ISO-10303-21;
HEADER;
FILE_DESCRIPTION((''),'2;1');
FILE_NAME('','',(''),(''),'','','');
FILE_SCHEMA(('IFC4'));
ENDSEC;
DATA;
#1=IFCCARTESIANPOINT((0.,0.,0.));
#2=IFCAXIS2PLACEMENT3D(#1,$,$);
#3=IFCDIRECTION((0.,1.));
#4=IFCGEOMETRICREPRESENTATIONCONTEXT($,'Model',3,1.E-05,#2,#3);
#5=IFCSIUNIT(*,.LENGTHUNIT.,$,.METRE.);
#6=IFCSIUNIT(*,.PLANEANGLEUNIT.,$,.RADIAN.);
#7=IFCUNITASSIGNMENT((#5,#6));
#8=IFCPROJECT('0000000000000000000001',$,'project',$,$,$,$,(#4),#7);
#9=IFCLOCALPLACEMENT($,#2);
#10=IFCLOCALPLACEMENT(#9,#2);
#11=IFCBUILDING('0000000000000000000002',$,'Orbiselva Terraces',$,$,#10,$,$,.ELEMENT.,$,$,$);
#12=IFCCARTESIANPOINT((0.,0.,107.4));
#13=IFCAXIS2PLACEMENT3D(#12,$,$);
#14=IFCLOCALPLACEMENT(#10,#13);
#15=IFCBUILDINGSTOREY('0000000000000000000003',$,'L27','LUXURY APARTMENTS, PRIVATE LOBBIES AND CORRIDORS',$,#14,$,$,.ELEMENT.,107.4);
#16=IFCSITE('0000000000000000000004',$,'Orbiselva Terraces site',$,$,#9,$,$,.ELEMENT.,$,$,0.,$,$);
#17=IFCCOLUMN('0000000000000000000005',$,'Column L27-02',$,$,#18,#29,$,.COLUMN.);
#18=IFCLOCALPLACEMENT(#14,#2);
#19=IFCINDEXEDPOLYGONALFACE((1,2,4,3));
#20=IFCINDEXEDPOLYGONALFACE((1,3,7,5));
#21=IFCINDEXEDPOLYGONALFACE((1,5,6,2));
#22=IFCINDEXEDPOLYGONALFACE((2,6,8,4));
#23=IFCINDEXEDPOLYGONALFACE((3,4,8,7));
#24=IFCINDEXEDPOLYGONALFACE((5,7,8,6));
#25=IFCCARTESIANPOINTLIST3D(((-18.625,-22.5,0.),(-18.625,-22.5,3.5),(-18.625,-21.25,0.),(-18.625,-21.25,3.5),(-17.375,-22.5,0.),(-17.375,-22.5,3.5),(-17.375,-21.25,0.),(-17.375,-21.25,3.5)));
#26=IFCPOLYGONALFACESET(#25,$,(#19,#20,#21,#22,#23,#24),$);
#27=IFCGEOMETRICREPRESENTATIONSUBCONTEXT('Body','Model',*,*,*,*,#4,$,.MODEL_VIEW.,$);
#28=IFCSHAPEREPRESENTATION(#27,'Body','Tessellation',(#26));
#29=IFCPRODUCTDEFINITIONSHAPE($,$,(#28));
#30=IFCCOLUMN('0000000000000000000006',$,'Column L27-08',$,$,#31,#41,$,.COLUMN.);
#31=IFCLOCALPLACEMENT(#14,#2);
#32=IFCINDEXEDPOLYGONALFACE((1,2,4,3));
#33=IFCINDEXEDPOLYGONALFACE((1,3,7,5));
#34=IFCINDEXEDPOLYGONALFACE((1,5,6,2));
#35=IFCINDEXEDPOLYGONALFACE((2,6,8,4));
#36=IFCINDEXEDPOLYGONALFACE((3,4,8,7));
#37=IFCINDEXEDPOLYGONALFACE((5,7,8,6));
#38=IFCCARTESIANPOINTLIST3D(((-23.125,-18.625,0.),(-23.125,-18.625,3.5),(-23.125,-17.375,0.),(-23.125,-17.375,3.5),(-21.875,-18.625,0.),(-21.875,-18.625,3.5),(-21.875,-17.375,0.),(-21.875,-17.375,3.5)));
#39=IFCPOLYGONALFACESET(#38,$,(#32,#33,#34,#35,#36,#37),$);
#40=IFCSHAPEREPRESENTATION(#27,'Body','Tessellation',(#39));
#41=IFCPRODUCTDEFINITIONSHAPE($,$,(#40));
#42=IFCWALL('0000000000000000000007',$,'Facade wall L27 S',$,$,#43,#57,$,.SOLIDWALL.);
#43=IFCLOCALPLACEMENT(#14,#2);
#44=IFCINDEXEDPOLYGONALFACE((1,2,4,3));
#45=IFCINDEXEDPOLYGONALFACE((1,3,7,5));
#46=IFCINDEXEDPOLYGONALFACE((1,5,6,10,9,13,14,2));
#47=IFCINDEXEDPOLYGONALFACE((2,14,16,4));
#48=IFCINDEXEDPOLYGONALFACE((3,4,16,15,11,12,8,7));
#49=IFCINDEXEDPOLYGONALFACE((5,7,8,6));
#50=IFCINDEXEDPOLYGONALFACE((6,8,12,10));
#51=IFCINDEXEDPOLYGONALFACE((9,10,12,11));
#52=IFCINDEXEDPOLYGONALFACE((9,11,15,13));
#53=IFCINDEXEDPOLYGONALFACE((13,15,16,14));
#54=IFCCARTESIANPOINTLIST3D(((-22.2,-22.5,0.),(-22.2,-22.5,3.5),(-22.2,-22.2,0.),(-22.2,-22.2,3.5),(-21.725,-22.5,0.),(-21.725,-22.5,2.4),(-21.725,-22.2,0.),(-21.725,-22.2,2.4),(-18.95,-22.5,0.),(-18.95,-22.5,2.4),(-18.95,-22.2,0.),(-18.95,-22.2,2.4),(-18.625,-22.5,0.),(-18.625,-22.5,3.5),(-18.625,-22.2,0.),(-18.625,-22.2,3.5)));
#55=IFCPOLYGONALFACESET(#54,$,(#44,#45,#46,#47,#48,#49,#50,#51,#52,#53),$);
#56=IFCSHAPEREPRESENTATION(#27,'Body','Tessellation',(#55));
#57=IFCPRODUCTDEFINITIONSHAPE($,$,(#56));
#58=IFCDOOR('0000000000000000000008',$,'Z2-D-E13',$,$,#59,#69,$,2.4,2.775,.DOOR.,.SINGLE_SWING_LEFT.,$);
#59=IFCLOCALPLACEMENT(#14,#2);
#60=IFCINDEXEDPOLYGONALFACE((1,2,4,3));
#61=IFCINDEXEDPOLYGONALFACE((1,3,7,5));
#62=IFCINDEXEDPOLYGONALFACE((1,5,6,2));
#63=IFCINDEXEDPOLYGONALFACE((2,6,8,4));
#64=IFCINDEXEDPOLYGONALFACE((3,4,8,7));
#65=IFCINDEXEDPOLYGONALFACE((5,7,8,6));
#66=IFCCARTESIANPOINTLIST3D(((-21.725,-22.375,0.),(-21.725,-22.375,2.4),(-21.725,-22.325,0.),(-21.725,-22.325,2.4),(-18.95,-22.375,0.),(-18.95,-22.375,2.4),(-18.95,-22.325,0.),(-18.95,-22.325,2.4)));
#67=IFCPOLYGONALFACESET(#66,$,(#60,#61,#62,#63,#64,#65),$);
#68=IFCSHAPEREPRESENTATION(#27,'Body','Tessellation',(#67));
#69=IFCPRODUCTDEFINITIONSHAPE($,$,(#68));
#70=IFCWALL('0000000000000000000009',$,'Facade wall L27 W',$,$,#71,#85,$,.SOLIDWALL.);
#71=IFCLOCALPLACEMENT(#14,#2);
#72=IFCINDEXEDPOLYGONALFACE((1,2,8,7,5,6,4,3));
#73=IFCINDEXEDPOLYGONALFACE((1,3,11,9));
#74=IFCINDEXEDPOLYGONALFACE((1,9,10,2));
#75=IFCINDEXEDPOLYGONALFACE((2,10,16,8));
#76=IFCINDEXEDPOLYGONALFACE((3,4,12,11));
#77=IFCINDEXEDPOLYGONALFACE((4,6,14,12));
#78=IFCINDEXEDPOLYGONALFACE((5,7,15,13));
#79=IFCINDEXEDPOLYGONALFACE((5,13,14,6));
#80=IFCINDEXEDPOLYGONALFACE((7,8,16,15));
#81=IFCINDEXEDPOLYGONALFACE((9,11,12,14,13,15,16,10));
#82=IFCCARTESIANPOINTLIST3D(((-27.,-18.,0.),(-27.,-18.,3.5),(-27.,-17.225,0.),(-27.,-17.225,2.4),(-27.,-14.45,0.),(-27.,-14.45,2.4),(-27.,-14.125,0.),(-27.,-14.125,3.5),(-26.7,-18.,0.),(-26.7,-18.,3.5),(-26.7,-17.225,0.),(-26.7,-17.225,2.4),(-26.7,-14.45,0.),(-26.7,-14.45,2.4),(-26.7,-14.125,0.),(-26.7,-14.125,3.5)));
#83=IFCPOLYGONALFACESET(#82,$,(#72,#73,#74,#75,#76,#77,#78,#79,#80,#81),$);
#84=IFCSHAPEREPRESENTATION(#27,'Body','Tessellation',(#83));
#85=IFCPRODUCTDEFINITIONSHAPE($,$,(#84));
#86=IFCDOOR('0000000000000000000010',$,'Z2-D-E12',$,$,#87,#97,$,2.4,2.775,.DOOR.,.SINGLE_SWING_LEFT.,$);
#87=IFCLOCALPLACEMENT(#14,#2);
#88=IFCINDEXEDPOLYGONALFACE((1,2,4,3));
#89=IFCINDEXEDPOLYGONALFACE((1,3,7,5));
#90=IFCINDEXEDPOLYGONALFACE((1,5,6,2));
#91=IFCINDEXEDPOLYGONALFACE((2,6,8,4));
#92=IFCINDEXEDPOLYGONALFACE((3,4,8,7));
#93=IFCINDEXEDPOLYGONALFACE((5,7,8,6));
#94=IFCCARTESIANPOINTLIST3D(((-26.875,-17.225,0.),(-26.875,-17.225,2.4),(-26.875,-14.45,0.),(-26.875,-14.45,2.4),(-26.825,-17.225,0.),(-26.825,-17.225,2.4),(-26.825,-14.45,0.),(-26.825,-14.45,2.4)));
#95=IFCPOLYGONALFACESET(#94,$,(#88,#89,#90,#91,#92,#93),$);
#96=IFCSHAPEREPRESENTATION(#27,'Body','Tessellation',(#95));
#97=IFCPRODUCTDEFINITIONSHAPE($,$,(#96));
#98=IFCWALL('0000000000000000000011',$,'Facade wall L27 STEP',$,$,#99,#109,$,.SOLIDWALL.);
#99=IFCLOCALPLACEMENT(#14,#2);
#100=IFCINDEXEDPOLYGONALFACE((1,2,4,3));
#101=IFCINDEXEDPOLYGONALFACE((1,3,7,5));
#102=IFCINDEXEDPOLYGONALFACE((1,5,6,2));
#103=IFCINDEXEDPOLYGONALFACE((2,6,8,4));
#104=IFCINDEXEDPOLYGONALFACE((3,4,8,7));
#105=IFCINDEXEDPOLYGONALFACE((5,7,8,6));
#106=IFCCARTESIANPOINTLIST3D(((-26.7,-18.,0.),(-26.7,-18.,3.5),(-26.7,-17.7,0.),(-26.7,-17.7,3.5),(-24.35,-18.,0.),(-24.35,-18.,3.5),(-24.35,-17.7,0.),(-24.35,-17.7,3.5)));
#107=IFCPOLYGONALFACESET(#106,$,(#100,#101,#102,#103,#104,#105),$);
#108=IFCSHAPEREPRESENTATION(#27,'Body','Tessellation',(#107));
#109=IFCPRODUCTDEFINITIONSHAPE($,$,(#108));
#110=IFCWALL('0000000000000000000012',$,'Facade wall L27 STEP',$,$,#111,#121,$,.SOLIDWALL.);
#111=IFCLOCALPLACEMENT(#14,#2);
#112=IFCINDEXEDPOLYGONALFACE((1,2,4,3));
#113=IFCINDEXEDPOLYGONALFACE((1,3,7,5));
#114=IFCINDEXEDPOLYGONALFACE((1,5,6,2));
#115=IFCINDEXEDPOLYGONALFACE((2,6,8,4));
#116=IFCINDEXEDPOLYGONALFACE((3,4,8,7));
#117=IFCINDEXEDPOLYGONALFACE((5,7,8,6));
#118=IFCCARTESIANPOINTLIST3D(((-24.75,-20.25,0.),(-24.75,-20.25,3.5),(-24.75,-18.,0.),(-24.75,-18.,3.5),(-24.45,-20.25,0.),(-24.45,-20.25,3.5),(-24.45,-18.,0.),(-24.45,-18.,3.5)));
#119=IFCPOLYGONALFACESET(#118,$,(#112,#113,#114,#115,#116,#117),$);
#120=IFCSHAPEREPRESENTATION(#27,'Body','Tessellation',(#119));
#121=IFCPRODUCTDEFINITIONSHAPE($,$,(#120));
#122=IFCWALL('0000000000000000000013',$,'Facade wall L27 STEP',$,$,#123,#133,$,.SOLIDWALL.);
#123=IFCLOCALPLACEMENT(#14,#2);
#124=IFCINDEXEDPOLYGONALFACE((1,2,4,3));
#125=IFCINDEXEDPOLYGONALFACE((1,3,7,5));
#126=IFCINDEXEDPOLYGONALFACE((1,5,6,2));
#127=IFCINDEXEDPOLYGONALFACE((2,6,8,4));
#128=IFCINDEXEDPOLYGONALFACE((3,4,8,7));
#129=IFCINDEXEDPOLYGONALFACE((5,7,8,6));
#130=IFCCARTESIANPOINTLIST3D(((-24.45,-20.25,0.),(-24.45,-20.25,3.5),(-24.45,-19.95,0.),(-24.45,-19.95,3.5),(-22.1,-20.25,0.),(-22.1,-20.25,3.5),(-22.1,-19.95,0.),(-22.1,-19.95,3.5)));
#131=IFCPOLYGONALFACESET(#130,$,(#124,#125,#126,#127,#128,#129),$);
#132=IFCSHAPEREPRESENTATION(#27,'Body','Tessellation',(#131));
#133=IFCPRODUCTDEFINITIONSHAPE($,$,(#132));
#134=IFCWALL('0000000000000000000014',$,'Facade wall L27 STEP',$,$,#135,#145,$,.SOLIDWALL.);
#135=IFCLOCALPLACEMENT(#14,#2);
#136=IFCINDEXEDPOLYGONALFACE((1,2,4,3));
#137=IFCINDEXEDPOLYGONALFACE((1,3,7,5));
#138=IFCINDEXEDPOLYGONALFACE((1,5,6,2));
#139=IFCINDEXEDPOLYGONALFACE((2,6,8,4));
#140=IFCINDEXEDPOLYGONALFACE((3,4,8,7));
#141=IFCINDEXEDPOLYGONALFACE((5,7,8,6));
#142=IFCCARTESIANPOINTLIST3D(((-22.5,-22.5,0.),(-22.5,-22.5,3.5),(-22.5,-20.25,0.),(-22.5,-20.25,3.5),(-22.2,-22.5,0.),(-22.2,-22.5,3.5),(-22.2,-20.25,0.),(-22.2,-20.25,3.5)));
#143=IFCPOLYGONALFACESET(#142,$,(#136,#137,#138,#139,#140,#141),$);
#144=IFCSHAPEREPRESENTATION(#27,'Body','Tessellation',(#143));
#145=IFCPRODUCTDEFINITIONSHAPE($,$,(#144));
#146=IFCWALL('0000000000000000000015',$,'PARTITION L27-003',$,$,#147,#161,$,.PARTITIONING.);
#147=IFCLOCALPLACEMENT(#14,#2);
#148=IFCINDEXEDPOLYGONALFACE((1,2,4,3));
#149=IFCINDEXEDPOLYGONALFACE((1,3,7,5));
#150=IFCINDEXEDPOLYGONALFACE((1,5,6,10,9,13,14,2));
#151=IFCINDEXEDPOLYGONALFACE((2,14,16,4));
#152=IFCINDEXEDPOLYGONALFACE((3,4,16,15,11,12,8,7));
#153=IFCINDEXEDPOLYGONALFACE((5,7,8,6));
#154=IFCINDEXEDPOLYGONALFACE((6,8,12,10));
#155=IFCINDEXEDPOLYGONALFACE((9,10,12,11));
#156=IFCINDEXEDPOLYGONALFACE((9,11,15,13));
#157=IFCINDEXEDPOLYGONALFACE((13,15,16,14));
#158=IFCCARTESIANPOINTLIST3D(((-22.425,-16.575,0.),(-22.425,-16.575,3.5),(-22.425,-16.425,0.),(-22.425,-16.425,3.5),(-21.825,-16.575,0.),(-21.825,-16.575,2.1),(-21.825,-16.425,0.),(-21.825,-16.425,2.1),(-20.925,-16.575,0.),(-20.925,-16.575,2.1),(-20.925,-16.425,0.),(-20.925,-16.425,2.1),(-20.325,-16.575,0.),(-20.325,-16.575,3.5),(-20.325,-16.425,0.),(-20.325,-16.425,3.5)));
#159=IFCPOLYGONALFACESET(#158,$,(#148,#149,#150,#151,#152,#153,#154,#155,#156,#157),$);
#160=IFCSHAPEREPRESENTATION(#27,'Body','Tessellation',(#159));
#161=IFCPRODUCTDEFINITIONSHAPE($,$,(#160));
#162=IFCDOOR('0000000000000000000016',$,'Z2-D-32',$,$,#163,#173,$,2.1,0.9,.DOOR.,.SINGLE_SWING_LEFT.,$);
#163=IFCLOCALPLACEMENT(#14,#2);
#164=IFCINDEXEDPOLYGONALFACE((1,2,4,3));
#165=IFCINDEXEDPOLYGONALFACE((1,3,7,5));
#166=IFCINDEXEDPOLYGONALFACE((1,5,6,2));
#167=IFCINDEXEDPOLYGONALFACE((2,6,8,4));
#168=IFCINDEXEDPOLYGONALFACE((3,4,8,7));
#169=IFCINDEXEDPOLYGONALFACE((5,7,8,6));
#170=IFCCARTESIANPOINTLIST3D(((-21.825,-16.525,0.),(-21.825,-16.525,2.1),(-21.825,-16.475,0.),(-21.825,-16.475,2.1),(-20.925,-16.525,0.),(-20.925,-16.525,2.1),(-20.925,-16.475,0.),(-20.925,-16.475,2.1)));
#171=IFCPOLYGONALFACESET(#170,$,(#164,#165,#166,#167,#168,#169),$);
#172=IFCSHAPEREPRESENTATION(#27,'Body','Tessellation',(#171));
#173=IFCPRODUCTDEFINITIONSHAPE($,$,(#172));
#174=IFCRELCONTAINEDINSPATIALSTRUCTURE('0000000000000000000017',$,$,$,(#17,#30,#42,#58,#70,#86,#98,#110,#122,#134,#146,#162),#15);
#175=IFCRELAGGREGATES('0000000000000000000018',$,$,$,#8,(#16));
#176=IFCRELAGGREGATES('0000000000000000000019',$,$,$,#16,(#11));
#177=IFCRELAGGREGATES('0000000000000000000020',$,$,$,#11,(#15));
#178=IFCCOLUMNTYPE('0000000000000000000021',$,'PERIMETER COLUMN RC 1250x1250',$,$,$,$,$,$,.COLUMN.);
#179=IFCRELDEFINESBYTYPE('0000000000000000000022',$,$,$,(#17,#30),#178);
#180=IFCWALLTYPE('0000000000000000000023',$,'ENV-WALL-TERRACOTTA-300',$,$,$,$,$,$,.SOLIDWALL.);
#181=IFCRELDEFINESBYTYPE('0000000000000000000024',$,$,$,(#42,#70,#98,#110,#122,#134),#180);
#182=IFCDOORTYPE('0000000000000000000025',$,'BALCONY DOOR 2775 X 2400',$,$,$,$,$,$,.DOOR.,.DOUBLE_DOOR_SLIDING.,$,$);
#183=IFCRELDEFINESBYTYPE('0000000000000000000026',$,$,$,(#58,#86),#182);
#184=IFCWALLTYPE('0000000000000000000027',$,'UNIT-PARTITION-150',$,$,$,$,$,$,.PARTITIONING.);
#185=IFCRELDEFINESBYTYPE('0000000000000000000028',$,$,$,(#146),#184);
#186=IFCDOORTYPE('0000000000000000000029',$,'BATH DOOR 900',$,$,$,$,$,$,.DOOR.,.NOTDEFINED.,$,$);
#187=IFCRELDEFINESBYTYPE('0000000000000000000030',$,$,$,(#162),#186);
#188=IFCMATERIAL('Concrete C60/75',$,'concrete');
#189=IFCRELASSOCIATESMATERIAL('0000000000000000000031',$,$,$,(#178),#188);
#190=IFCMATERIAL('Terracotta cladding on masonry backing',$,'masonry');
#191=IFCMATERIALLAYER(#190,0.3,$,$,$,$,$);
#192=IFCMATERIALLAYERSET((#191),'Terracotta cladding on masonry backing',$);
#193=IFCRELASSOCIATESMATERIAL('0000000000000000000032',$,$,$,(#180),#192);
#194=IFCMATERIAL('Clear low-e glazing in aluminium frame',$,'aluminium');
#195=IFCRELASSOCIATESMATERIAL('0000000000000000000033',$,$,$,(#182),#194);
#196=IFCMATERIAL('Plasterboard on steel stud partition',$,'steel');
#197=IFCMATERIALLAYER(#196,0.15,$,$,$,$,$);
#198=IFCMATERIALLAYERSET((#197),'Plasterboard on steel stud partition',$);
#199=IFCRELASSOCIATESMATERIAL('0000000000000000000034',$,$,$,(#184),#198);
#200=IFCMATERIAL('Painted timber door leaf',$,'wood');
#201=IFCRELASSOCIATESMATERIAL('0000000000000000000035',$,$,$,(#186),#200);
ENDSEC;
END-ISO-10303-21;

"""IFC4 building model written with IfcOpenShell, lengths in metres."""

from ifc_helpers import new_model, si_unit, direction, frame, frame_2d, origin, origin_2d, place, context, subcontext, project, spatial, rectangle, extrude, material, layer, layer_set, material_profile, profile_set, type_object, element, fill, save


model = new_model("IFC4")

# Units and contexts
model_context = context("Model", 3, precision=1e-05, world=origin(), true_north=direction((0.0, 1.0)))
body_context = subcontext(model_context, "Body", "Model", "MODEL_VIEW")
ifc_project = project(units=[si_unit("LENGTHUNIT", "METRE"), si_unit("PLANEANGLEUNIT", "RADIAN")], contexts=[model_context])

# Site, building, storey
site_placement = place(None, origin())
site = spatial("IfcSite", under=ifc_project, at=site_placement, Name="Orbiselva Terraces site", CompositionType="ELEMENT", RefElevation=0.0)
building_placement = place(site_placement, origin())
building = spatial("IfcBuilding", under=site, at=building_placement, Name="Orbiselva Terraces", CompositionType="ELEMENT")
storey_placement = place(building_placement, frame((0.0, 0.0, 107.4)))
storey = spatial("IfcBuildingStorey", under=building, at=storey_placement, Name="L27", Description="LUXURY APARTMENTS, PRIVATE LOBBIES AND CORRIDORS", CompositionType="ELEMENT", Elevation=107.4)

# Columns
ifc_material_1 = material(Name="Concrete C60/75", Category="concrete")
ifc_material_profile = material_profile(ifc_material_1, rectangle(XDim=1.25, YDim=1.25, at=origin_2d()), Name="RC 1250x1250")
ifc_profile_set = profile_set([ifc_material_profile], Name="Concrete C60/75")
column_type = type_object("IfcColumnType", Name="PERIMETER COLUMN RC 1250x1250", PredefinedType="COLUMN", material=ifc_profile_set)
for number, where, z_axis, x_axis, name in (
    (1, (-18.0, -21.875, 0.0), (0.0, 0.0, 1.0), (1.0, 0.0, 0.0), "Column L27-02"),
    (2, (-22.5, -18.0, 0.0), (0.0, 0.0, 1.0), (1.0, 0.0, 0.0), "Column L27-08"),
):
    element("IfcColumn", number, at=place(storey_placement, frame(where, z_axis=z_axis, x_axis=x_axis)), inside=storey, type_object=column_type, Name=name, PredefinedType="COLUMN", context=body_context, shape_type="SweptSolid", body=[
        extrude(rectangle(XDim=1.25, YDim=1.25, at=origin_2d()), origin(), (0.0, 0.0, 1.0), 3.5),
    ])

# Walls, openings, doors
ifc_material_2 = material(Name="Terracotta cladding on masonry backing", Category="masonry")
ifc_layer_1 = layer(ifc_material_2, 0.3)
ifc_layer_set_1 = layer_set([ifc_layer_1], Name="Terracotta cladding on masonry backing")
wall_type_1 = type_object("IfcWallType", Name="ENV-WALL-TERRACOTTA-300", PredefinedType="SOLIDWALL", material=ifc_layer_set_1)
wall_1_placement = place(storey_placement, frame((-18.625, -22.35, 0.0), z_axis=(0.0, 0.0, 1.0), x_axis=(-1.0, 0.0, 0.0)))
wall_1 = element("IfcWall", 3, at=wall_1_placement, inside=storey, type_object=wall_type_1, Name="Facade wall L27 S", PredefinedType="SOLIDWALL", context=body_context, shape_type="SweptSolid", body=[
    extrude(rectangle(XDim=3.575, YDim=0.3, at=frame_2d((1.7875, 0.0))), origin(), (0.0, 0.0, 1.0), 3.5),
])
opening_1_placement = place(wall_1_placement, frame((0.325, 0.0, 0.0)))
opening_1 = element("IfcOpeningElement", 4, at=opening_1_placement, cuts=wall_1, PredefinedType="OPENING", context=body_context, shape_type="SweptSolid", body=[
    extrude(rectangle(XDim=2.775, YDim=2.4, at=frame_2d((1.3875, 1.2))), frame((0.0, 0.16, 0.0), z_axis=(0.0, -1.0, 0.0), x_axis=(1.0, 0.0, 0.0)), (0.0, 0.0, 1.0), 0.32),
])
ifc_material_3 = material(Name="Clear low-e glazing in aluminium frame", Category="aluminium")
door_type_1 = type_object("IfcDoorType", Name="BALCONY DOOR 2775 X 2400", OperationType="DOUBLE_DOOR_SLIDING", PredefinedType="DOOR", material=ifc_material_3)
door_1_placement = place(opening_1_placement, origin())
door_1 = element("IfcDoor", 5, at=door_1_placement, inside=storey, type_object=door_type_1, Name="Z2-D-E13", OperationType="SINGLE_SWING_LEFT", OverallHeight=2.4, OverallWidth=2.775, PredefinedType="DOOR", context=body_context, shape_type="SweptSolid", body=[
    extrude(rectangle(XDim=2.775, YDim=2.4, at=frame_2d((1.3875, 1.2))), frame((0.0, 0.025, 0.0), z_axis=(0.0, -1.0, 0.0), x_axis=(1.0, 0.0, 0.0)), (0.0, 0.0, 1.0), 0.05),
])
fill(opening_1, door_1)
wall_2_placement = place(storey_placement, frame((-26.85, -18.0, 0.0), z_axis=(0.0, 0.0, 1.0), x_axis=(0.0, 1.0, 0.0)))
wall_2 = element("IfcWall", 6, at=wall_2_placement, inside=storey, type_object=wall_type_1, Name="Facade wall L27 W", PredefinedType="SOLIDWALL", context=body_context, shape_type="SweptSolid", body=[
    extrude(rectangle(XDim=3.875, YDim=0.3, at=frame_2d((1.9375, 0.0))), origin(), (0.0, 0.0, 1.0), 3.5),
])
opening_2_placement = place(wall_2_placement, frame((0.775, 0.0, 0.0)))
opening_2 = element("IfcOpeningElement", 7, at=opening_2_placement, cuts=wall_2, PredefinedType="OPENING", context=body_context, shape_type="SweptSolid", body=[
    extrude(rectangle(XDim=2.775, YDim=2.4, at=frame_2d((1.3875, 1.2))), frame((0.0, 0.16, 0.0), z_axis=(0.0, -1.0, 0.0), x_axis=(1.0, 0.0, 0.0)), (0.0, 0.0, 1.0), 0.32),
])
door_2_placement = place(opening_2_placement, origin())
door_2 = element("IfcDoor", 8, at=door_2_placement, inside=storey, type_object=door_type_1, Name="Z2-D-E12", OperationType="SINGLE_SWING_LEFT", OverallHeight=2.4, OverallWidth=2.775, PredefinedType="DOOR", context=body_context, shape_type="SweptSolid", body=[
    extrude(rectangle(XDim=2.775, YDim=2.4, at=frame_2d((1.3875, 1.2))), frame((0.0, 0.025, 0.0), z_axis=(0.0, -1.0, 0.0), x_axis=(1.0, 0.0, 0.0)), (0.0, 0.0, 1.0), 0.05),
])
fill(opening_2, door_2)

# Walls
wall_3_placement = place(storey_placement, frame((-24.35, -17.85, 0.0), z_axis=(0.0, 0.0, 1.0), x_axis=(-1.0, 0.0, 0.0)))
element("IfcWall", 9, at=wall_3_placement, inside=storey, type_object=wall_type_1, Name="Facade wall L27 STEP", PredefinedType="SOLIDWALL", context=body_context, shape_type="SweptSolid", body=[
    extrude(rectangle(XDim=2.35, YDim=0.3, at=frame_2d((1.175, 0.0))), origin(), (0.0, 0.0, 1.0), 3.5),
])
wall_4_placement = place(storey_placement, frame((-24.6, -20.25, 0.0), z_axis=(0.0, 0.0, 1.0), x_axis=(0.0, 1.0, 0.0)))
element("IfcWall", 10, at=wall_4_placement, inside=storey, type_object=wall_type_1, Name="Facade wall L27 STEP", PredefinedType="SOLIDWALL", context=body_context, shape_type="SweptSolid", body=[
    extrude(rectangle(XDim=2.25, YDim=0.3, at=frame_2d((1.125, 0.0))), origin(), (0.0, 0.0, 1.0), 3.5),
])
wall_5_placement = place(storey_placement, frame((-22.1, -20.1, 0.0), z_axis=(0.0, 0.0, 1.0), x_axis=(-1.0, 0.0, 0.0)))
element("IfcWall", 11, at=wall_5_placement, inside=storey, type_object=wall_type_1, Name="Facade wall L27 STEP", PredefinedType="SOLIDWALL", context=body_context, shape_type="SweptSolid", body=[
    extrude(rectangle(XDim=2.35, YDim=0.3, at=frame_2d((1.175, 0.0))), origin(), (0.0, 0.0, 1.0), 3.5),
])
wall_6_placement = place(storey_placement, frame((-22.35, -22.5, 0.0), z_axis=(0.0, 0.0, 1.0), x_axis=(0.0, 1.0, 0.0)))
element("IfcWall", 12, at=wall_6_placement, inside=storey, type_object=wall_type_1, Name="Facade wall L27 STEP", PredefinedType="SOLIDWALL", context=body_context, shape_type="SweptSolid", body=[
    extrude(rectangle(XDim=2.25, YDim=0.3, at=frame_2d((1.125, 0.0))), origin(), (0.0, 0.0, 1.0), 3.5),
])

# Wall, opening, door
ifc_material_4 = material(Name="Plasterboard on steel stud partition", Category="steel")
ifc_layer_2 = layer(ifc_material_4, 0.15)
ifc_layer_set_2 = layer_set([ifc_layer_2], Name="Plasterboard on steel stud partition")
wall_type_2 = type_object("IfcWallType", Name="UNIT-PARTITION-150", PredefinedType="PARTITIONING", material=ifc_layer_set_2)
wall_7_placement = place(storey_placement, frame((-22.425, -16.5, 0.0), z_axis=(0.0, 0.0, 1.0), x_axis=(1.0, 0.0, 0.0)))
wall_7 = element("IfcWall", 13, at=wall_7_placement, inside=storey, type_object=wall_type_2, Name="PARTITION L27-003", PredefinedType="PARTITIONING", context=body_context, shape_type="SweptSolid", body=[
    extrude(rectangle(XDim=2.1, YDim=0.15, at=frame_2d((1.05, 0.0))), origin(), (0.0, 0.0, 1.0), 3.5),
])
opening_3_placement = place(wall_7_placement, frame((0.6, 0.0, 0.0)))
opening_3 = element("IfcOpeningElement", 14, at=opening_3_placement, cuts=wall_7, PredefinedType="OPENING", context=body_context, shape_type="SweptSolid", body=[
    extrude(rectangle(XDim=0.9, YDim=2.1, at=frame_2d((0.45, 1.05))), frame((0.0, 0.085, 0.0), z_axis=(0.0, -1.0, 0.0), x_axis=(1.0, 0.0, 0.0)), (0.0, 0.0, 1.0), 0.17),
])
ifc_material_5 = material(Name="Painted timber door leaf", Category="wood")
door_type_2 = type_object("IfcDoorType", Name="BATH DOOR 900", OperationType="NOTDEFINED", PredefinedType="DOOR", material=ifc_material_5)
door_3_placement = place(opening_3_placement, origin())
door_3 = element("IfcDoor", 15, at=door_3_placement, inside=storey, type_object=door_type_2, Name="Z2-D-32", OperationType="SINGLE_SWING_LEFT", OverallHeight=2.1, OverallWidth=0.9, PredefinedType="DOOR", context=body_context, shape_type="SweptSolid", body=[
    extrude(rectangle(XDim=0.9, YDim=2.1, at=frame_2d((0.45, 1.05))), frame((0.0, 0.025, 0.0), z_axis=(0.0, -1.0, 0.0), x_axis=(1.0, 0.0, 0.0)), (0.0, 0.0, 1.0), 0.05),
])
fill(opening_3, door_3)

save(model, "model.ifc")
